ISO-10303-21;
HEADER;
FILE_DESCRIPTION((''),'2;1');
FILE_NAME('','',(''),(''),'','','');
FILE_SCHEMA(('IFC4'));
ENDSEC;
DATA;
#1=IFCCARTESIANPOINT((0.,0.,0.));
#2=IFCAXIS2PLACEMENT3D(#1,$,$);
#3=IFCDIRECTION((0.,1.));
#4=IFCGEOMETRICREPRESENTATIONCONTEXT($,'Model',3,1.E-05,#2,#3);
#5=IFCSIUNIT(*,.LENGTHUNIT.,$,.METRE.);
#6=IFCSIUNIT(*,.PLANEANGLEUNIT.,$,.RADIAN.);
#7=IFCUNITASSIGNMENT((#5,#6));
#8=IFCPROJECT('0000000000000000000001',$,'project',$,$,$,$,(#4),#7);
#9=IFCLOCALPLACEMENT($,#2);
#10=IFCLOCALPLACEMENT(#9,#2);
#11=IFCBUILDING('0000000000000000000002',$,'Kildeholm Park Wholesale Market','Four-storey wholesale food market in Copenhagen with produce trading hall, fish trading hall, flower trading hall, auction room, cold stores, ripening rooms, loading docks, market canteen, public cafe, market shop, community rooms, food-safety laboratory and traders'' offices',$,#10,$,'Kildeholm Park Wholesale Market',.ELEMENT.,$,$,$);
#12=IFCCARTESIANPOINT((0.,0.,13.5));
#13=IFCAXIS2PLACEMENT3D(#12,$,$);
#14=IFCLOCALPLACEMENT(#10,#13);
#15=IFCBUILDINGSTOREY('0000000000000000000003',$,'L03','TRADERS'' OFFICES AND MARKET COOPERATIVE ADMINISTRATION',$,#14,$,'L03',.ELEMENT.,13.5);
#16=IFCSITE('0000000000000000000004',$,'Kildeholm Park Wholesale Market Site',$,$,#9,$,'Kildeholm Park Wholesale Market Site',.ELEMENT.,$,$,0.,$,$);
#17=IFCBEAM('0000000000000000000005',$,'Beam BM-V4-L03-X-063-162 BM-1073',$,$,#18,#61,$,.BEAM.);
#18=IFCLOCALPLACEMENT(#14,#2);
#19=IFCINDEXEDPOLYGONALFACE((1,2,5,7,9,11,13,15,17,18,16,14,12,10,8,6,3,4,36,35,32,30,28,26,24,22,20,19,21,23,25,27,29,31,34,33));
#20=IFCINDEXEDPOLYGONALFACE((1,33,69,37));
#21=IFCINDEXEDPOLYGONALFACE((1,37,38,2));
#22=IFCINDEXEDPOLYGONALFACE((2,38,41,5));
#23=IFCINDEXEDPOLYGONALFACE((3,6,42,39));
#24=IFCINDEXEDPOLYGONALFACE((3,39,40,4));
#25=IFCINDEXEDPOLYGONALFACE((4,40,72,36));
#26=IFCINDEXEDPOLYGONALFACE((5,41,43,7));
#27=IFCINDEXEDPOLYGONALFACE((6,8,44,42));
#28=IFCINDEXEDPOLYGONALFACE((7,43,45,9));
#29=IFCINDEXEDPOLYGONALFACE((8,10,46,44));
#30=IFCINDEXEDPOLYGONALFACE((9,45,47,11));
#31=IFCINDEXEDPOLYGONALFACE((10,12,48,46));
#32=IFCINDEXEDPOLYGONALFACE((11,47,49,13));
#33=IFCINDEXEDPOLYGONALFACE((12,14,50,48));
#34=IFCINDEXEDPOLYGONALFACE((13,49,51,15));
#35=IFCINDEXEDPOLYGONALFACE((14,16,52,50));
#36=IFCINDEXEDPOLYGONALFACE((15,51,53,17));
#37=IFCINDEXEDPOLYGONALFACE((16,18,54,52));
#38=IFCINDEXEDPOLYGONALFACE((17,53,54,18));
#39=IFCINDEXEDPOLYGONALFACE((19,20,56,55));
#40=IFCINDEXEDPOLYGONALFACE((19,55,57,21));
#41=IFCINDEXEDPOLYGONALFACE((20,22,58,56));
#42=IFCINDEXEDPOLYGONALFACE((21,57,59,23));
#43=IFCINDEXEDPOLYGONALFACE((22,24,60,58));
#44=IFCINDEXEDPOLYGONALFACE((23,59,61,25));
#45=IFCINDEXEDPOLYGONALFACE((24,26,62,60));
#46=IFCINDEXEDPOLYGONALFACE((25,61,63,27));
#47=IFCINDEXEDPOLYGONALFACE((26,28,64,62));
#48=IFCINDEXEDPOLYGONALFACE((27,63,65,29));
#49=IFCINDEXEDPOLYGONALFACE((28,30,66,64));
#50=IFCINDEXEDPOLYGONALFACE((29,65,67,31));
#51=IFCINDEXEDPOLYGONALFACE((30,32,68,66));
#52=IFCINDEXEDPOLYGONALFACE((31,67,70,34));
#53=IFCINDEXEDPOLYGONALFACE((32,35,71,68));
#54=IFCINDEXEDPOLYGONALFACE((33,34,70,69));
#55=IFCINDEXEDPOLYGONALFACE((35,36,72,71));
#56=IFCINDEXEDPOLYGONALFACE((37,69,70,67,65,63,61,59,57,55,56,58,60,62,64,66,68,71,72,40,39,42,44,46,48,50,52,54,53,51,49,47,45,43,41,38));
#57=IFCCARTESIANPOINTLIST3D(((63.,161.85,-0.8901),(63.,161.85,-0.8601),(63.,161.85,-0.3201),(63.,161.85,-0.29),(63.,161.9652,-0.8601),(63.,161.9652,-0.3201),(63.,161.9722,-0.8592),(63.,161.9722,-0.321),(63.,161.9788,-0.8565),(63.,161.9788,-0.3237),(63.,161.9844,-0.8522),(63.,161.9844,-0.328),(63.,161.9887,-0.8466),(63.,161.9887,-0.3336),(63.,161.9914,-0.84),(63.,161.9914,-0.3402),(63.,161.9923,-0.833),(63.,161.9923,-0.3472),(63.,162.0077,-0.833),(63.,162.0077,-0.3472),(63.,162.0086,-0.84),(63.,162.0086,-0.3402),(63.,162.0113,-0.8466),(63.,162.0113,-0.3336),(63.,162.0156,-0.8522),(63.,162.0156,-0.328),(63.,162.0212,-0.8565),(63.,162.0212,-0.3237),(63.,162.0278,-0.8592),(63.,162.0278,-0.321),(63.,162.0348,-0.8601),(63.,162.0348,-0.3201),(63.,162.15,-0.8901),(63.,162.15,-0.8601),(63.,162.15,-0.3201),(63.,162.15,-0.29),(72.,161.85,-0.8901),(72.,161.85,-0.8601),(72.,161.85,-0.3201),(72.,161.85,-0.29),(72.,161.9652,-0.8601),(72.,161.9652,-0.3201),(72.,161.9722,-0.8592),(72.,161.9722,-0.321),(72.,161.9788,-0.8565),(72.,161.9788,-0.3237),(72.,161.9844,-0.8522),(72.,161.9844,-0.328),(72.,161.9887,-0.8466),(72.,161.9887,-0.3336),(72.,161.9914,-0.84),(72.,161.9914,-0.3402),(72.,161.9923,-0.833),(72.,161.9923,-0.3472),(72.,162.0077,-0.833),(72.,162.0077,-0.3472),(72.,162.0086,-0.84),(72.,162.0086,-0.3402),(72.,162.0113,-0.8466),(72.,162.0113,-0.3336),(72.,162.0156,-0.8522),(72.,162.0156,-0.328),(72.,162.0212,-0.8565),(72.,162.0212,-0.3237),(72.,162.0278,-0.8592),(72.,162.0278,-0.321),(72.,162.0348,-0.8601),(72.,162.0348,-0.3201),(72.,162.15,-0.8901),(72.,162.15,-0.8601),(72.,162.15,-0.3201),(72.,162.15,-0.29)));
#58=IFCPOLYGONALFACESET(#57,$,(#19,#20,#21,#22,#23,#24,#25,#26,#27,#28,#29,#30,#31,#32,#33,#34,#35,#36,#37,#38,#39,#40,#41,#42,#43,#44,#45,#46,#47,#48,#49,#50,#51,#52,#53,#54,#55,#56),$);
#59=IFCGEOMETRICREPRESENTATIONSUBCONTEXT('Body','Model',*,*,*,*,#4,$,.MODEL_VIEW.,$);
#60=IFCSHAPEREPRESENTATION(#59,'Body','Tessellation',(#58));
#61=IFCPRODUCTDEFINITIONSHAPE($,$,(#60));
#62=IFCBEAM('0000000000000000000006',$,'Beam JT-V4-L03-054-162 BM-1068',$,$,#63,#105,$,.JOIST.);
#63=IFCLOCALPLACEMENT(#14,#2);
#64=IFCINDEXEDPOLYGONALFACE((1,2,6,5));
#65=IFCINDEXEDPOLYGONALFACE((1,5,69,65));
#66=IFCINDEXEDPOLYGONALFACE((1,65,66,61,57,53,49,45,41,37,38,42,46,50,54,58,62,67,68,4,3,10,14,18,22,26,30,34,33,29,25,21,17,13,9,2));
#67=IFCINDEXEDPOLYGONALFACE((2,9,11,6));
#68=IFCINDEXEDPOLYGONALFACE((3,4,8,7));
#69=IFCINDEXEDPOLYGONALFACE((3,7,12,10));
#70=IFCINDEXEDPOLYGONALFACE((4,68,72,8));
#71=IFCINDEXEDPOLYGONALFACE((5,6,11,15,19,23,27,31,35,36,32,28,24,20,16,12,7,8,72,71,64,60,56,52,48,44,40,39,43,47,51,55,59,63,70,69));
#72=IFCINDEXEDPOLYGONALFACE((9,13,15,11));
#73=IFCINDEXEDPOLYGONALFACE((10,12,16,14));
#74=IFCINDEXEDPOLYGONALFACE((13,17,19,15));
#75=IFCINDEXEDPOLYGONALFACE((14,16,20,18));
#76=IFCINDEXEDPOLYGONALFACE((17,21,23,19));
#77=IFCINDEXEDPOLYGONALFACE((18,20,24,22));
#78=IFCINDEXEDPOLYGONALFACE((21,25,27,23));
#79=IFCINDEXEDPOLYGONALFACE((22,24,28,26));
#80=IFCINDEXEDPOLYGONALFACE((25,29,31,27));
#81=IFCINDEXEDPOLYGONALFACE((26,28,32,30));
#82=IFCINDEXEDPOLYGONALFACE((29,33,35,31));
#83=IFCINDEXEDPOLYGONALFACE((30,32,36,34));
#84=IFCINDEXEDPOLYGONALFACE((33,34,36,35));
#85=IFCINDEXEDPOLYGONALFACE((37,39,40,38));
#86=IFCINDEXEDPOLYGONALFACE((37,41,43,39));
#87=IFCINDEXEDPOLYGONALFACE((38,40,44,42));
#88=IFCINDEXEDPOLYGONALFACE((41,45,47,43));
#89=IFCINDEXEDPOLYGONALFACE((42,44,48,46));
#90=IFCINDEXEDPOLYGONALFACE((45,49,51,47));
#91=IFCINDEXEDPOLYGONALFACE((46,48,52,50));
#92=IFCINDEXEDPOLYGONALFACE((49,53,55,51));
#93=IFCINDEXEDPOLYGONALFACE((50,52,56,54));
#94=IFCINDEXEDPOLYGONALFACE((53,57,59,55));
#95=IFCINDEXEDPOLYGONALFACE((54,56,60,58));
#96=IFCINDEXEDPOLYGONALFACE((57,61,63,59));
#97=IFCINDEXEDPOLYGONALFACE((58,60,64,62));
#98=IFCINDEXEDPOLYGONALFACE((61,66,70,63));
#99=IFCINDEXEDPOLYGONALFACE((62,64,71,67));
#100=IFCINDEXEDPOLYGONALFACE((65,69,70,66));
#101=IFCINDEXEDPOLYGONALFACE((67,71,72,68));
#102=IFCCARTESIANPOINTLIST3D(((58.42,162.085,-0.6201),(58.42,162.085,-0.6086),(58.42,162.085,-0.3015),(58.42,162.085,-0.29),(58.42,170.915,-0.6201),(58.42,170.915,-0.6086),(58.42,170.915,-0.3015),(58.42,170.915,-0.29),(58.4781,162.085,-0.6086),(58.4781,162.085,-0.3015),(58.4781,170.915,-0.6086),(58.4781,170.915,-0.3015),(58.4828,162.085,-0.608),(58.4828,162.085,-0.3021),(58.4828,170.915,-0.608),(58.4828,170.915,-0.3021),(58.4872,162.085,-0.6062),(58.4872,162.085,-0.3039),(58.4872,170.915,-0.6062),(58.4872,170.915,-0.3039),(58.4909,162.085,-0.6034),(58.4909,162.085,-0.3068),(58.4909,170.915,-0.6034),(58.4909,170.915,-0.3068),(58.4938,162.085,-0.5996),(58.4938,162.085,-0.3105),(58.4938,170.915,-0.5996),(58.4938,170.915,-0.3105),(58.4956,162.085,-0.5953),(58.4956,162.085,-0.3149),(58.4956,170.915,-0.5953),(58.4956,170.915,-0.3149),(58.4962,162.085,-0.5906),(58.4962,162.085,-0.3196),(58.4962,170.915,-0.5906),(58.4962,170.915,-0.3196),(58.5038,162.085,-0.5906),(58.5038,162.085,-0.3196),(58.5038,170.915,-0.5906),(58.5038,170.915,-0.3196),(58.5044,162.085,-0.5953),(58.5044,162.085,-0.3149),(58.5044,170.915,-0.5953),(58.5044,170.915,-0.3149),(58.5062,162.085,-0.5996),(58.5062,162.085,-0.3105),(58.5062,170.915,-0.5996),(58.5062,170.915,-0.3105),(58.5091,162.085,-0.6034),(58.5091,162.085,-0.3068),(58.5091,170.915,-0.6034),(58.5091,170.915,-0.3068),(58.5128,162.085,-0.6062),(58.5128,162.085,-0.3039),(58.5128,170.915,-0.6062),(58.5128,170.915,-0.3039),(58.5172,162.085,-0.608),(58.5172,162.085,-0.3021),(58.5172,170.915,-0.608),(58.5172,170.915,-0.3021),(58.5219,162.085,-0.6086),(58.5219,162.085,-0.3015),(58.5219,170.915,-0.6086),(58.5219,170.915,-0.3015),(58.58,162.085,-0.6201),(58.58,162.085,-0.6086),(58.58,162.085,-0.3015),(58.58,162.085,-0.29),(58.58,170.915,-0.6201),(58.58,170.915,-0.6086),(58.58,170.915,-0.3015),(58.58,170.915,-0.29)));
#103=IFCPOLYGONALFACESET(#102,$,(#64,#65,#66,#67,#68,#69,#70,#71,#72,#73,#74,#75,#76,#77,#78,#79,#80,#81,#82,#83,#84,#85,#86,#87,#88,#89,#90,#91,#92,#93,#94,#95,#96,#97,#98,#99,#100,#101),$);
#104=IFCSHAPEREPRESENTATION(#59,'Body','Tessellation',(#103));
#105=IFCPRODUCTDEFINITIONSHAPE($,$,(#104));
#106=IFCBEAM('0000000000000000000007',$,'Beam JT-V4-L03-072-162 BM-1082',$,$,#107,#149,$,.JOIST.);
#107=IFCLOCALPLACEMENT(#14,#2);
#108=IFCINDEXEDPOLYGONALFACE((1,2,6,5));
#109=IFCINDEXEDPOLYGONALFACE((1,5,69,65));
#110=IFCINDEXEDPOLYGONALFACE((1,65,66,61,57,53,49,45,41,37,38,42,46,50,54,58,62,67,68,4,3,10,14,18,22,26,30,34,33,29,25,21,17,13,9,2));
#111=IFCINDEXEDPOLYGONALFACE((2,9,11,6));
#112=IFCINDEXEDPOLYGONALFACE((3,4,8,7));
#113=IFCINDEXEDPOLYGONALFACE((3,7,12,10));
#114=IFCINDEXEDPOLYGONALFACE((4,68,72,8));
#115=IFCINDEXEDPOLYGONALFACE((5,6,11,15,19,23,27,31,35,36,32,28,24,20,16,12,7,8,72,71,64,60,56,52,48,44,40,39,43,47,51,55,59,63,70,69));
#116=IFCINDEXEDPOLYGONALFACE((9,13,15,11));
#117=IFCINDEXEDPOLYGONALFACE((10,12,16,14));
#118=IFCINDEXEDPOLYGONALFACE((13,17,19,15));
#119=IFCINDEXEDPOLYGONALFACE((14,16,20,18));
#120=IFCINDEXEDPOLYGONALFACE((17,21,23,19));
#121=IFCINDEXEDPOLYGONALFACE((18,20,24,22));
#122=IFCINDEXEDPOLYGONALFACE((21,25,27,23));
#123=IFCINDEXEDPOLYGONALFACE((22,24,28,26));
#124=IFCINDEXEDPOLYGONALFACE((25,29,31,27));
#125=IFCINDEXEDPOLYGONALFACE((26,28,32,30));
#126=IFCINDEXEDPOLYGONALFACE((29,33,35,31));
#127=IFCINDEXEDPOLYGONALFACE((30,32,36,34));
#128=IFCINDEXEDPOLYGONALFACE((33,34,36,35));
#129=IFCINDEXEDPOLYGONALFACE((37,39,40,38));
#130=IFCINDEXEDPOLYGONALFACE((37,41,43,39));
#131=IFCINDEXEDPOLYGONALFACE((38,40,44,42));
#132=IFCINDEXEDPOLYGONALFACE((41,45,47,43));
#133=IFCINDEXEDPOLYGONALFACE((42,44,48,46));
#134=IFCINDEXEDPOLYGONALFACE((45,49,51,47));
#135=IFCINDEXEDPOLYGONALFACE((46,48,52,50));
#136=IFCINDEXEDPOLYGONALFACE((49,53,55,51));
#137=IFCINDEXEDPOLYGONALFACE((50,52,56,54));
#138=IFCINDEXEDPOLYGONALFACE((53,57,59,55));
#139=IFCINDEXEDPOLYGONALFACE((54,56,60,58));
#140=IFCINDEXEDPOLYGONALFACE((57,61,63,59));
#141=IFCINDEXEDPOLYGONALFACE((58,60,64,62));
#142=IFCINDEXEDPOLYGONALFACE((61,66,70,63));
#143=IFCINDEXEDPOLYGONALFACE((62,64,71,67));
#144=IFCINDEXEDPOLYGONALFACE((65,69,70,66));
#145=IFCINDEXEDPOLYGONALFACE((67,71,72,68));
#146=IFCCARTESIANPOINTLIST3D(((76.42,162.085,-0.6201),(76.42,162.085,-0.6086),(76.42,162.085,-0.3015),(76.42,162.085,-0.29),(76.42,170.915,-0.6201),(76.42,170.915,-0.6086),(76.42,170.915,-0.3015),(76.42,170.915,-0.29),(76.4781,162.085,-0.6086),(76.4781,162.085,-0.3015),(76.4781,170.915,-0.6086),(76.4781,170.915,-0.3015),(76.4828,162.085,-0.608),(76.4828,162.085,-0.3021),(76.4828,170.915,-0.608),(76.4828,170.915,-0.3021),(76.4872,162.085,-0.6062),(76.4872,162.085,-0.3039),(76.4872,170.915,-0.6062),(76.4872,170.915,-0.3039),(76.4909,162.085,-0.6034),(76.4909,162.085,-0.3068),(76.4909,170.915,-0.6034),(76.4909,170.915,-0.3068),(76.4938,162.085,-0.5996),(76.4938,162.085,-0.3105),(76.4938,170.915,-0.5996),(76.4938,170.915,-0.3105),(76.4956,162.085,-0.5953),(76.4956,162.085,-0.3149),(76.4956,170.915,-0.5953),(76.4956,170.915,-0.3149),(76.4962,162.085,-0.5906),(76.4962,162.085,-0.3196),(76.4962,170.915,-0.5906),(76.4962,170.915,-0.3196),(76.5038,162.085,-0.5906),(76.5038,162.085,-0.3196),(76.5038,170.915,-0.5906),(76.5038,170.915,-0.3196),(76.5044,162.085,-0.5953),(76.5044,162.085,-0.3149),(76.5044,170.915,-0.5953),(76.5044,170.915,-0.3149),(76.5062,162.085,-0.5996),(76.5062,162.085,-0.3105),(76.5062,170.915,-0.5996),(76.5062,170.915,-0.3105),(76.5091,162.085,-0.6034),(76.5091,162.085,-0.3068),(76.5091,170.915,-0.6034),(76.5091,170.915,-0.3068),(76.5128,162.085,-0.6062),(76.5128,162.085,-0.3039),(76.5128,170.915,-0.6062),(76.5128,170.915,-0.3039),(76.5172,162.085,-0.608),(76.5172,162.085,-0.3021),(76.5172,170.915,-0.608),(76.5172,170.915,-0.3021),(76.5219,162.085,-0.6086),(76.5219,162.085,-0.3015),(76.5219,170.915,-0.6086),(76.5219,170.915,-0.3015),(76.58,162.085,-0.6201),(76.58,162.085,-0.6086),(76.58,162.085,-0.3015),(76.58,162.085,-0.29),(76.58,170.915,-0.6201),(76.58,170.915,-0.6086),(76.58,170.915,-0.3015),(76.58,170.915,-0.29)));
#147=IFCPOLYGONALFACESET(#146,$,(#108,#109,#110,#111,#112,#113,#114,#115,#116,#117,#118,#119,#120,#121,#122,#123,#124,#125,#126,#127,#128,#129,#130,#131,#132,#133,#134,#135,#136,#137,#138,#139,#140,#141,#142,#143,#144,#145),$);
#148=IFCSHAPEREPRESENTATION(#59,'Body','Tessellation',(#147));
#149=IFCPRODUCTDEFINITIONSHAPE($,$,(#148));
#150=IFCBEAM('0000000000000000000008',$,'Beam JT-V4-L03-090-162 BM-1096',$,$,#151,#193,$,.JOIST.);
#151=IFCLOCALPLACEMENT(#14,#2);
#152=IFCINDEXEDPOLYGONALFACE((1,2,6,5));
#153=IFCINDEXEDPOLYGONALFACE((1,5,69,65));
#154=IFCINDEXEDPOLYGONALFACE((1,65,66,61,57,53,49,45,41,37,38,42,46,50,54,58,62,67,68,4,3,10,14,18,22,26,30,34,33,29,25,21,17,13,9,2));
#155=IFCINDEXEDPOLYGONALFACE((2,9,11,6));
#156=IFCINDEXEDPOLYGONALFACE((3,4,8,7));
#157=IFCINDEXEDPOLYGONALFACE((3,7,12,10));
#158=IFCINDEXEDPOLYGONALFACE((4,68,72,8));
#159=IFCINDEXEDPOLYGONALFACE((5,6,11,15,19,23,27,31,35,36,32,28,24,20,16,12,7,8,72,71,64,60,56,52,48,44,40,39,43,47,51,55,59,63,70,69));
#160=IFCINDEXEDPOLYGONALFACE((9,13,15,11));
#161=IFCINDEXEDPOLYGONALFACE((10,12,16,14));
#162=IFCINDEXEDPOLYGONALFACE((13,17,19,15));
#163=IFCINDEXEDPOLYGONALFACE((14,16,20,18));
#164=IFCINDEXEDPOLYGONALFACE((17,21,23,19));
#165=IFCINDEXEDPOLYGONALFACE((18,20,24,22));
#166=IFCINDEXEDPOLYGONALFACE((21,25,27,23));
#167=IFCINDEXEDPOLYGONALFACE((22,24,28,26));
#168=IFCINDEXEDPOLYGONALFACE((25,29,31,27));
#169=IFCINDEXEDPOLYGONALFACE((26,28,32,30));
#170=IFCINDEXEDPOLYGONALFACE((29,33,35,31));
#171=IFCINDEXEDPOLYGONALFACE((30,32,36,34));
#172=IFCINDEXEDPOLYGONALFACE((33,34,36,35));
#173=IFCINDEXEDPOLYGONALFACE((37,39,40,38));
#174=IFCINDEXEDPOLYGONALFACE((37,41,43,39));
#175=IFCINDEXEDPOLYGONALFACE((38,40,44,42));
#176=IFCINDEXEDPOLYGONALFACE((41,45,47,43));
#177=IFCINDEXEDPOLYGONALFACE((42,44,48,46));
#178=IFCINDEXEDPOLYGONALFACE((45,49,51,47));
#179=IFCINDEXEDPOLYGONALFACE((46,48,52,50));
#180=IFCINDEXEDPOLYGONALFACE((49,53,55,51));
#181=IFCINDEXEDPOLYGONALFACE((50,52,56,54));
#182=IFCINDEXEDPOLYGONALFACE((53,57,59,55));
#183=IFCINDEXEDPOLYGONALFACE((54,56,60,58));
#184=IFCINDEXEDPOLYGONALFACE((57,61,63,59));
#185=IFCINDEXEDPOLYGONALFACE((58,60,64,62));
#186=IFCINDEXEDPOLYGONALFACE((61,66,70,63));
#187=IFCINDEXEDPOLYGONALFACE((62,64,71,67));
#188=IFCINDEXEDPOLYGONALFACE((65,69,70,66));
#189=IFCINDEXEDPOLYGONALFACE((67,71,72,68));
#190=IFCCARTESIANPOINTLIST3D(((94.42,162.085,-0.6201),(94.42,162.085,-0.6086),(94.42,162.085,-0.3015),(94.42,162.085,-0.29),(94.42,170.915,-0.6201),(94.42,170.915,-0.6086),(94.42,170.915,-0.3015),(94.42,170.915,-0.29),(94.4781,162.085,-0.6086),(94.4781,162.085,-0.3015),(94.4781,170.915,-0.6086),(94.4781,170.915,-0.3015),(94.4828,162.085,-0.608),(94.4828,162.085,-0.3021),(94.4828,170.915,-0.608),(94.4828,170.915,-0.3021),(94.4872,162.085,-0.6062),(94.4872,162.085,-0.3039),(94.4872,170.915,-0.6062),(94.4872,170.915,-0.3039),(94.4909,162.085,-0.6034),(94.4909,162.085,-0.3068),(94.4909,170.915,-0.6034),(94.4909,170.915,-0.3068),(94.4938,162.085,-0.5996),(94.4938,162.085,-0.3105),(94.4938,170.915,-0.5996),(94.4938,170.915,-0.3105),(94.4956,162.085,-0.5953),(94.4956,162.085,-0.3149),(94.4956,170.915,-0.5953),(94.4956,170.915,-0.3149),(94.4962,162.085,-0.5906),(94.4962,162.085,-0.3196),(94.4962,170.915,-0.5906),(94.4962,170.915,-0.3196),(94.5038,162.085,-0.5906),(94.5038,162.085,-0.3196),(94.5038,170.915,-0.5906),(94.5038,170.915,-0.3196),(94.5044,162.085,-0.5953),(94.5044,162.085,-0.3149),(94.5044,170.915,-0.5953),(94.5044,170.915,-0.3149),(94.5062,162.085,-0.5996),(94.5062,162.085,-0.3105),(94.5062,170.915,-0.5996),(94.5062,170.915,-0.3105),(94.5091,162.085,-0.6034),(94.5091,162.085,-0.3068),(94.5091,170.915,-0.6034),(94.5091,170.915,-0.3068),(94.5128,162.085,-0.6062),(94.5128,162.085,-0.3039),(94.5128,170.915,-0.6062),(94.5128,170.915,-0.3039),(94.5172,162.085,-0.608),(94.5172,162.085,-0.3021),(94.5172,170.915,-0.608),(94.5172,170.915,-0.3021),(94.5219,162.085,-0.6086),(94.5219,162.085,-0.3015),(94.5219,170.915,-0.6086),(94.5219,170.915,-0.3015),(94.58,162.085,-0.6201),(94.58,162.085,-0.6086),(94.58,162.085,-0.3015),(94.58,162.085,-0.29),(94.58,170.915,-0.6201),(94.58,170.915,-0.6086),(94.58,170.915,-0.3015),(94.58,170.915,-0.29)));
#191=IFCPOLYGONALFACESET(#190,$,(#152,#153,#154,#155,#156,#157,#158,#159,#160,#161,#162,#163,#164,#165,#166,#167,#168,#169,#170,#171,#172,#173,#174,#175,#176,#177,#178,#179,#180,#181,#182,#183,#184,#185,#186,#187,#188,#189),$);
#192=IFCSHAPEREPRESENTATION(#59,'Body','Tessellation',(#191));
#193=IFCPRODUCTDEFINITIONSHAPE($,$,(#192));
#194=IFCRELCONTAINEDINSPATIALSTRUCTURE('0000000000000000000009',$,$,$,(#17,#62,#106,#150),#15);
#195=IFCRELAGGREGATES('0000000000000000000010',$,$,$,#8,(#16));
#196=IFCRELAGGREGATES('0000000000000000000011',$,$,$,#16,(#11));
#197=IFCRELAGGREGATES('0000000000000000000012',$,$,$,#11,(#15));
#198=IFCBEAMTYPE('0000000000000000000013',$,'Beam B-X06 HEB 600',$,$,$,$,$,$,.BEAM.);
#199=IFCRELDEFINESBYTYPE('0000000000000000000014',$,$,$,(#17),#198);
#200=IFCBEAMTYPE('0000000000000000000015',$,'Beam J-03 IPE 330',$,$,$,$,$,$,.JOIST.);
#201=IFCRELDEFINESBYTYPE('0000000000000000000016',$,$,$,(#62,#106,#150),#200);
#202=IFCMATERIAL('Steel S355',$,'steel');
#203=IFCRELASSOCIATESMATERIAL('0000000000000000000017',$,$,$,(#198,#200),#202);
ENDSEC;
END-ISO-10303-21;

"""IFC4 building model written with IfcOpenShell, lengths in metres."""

from ifc_helpers import new_model, si_unit, direction, frame, origin, origin_2d, place, context, subcontext, project, spatial, i_section, extrude, material, material_profile, profile_set, type_object, element, save


model = new_model("IFC4")

# Units and contexts
model_context = context("Model", 3, precision=1e-05, world=origin(), true_north=direction((0.0, 1.0)))
body_context = subcontext(model_context, "Body", "Model", "MODEL_VIEW")
ifc_project = project(units=[si_unit("LENGTHUNIT", "METRE"), si_unit("PLANEANGLEUNIT", "RADIAN")], contexts=[model_context])

# Site, building, storey
site_placement = place(None, origin())
site = spatial("IfcSite", under=ifc_project, at=site_placement, Name="Kildeholm Park Wholesale Market Site", LongName="Kildeholm Park Wholesale Market Site", CompositionType="ELEMENT", RefElevation=0.0)
building_placement = place(site_placement, origin())
building = spatial("IfcBuilding", under=site, at=building_placement, Name="Kildeholm Park Wholesale Market", Description="Four-storey wholesale food market in Copenhagen with produce trading hall, fish trading hall, flower trading hall, auction room, cold stores, ripening rooms, loading docks, market canteen, public cafe, market shop, community rooms, food-safety laboratory and traders' offices", LongName="Kildeholm Park Wholesale Market", CompositionType="ELEMENT")
storey_placement = place(building_placement, frame((0.0, 0.0, 13.5)))
storey = spatial("IfcBuildingStorey", under=building, at=storey_placement, Name="L03", Description="TRADERS' OFFICES AND MARKET COOPERATIVE ADMINISTRATION", LongName="L03", CompositionType="ELEMENT", Elevation=13.5)

# Beams
ifc_material_1 = material(Name="Steel S355", Category="steel")
ifc_material_profile_1 = material_profile(ifc_material_1, i_section(OverallWidth=0.3, OverallDepth=0.6001, WebThickness=0.0154, FlangeThickness=0.03, FilletRadius=0.0271, at=origin_2d()), Name="HEB 600")
ifc_profile_set_1 = profile_set([ifc_material_profile_1], Name="Steel S355")
beam_type_1 = type_object("IfcBeamType", Name="Beam B-X06 HEB 600", PredefinedType="BEAM", material=ifc_profile_set_1)
beam_1_placement = place(storey_placement, frame((63.0, 162.0, -0.5901), z_axis=(1.0, 0.0, 0.0), x_axis=(0.0, 1.0, 0.0)))
element("IfcBeam", 1, at=beam_1_placement, inside=storey, type_object=beam_type_1, Name="Beam BM-V4-L03-X-063-162 BM-1073", PredefinedType="BEAM", context=body_context, shape_type="SweptSolid", body=[
    extrude(i_section(OverallWidth=0.3, OverallDepth=0.6001, WebThickness=0.0154, FlangeThickness=0.03, FilletRadius=0.0271, at=origin_2d()), origin(), (0.0, 0.0, 1.0), 9.0),
])
ifc_material_profile_2 = material_profile(ifc_material_1, i_section(OverallWidth=0.1599, OverallDepth=0.3301, WebThickness=0.0076, FlangeThickness=0.0115, FilletRadius=0.0181, at=origin_2d()), Name="IPE 330")
ifc_profile_set_2 = profile_set([ifc_material_profile_2], Name="Steel S355")
beam_type_2 = type_object("IfcBeamType", Name="Beam J-03 IPE 330", PredefinedType="JOIST", material=ifc_profile_set_2)
for number, where, z_axis, x_axis, name in (
    (2, (58.5, 162.085, -0.4551), (0.0, 1.0, 0.0), (-1.0, 0.0, 0.0), "Beam JT-V4-L03-054-162 BM-1068"),
    (3, (76.5, 162.085, -0.4551), (0.0, 1.0, 0.0), (-1.0, 0.0, 0.0), "Beam JT-V4-L03-072-162 BM-1082"),
    (4, (94.5, 162.085, -0.4551), (0.0, 1.0, 0.0), (-1.0, 0.0, 0.0), "Beam JT-V4-L03-090-162 BM-1096"),
):
    element("IfcBeam", number, at=place(storey_placement, frame(where, z_axis=z_axis, x_axis=x_axis)), inside=storey, type_object=beam_type_2, Name=name, PredefinedType="JOIST", context=body_context, shape_type="SweptSolid", body=[
        extrude(i_section(OverallWidth=0.1599, OverallDepth=0.3301, WebThickness=0.0076, FlangeThickness=0.0115, FilletRadius=0.0181, at=origin_2d()), origin(), (0.0, 0.0, 1.0), 8.8301),
    ])

save(model, "model.ifc")
